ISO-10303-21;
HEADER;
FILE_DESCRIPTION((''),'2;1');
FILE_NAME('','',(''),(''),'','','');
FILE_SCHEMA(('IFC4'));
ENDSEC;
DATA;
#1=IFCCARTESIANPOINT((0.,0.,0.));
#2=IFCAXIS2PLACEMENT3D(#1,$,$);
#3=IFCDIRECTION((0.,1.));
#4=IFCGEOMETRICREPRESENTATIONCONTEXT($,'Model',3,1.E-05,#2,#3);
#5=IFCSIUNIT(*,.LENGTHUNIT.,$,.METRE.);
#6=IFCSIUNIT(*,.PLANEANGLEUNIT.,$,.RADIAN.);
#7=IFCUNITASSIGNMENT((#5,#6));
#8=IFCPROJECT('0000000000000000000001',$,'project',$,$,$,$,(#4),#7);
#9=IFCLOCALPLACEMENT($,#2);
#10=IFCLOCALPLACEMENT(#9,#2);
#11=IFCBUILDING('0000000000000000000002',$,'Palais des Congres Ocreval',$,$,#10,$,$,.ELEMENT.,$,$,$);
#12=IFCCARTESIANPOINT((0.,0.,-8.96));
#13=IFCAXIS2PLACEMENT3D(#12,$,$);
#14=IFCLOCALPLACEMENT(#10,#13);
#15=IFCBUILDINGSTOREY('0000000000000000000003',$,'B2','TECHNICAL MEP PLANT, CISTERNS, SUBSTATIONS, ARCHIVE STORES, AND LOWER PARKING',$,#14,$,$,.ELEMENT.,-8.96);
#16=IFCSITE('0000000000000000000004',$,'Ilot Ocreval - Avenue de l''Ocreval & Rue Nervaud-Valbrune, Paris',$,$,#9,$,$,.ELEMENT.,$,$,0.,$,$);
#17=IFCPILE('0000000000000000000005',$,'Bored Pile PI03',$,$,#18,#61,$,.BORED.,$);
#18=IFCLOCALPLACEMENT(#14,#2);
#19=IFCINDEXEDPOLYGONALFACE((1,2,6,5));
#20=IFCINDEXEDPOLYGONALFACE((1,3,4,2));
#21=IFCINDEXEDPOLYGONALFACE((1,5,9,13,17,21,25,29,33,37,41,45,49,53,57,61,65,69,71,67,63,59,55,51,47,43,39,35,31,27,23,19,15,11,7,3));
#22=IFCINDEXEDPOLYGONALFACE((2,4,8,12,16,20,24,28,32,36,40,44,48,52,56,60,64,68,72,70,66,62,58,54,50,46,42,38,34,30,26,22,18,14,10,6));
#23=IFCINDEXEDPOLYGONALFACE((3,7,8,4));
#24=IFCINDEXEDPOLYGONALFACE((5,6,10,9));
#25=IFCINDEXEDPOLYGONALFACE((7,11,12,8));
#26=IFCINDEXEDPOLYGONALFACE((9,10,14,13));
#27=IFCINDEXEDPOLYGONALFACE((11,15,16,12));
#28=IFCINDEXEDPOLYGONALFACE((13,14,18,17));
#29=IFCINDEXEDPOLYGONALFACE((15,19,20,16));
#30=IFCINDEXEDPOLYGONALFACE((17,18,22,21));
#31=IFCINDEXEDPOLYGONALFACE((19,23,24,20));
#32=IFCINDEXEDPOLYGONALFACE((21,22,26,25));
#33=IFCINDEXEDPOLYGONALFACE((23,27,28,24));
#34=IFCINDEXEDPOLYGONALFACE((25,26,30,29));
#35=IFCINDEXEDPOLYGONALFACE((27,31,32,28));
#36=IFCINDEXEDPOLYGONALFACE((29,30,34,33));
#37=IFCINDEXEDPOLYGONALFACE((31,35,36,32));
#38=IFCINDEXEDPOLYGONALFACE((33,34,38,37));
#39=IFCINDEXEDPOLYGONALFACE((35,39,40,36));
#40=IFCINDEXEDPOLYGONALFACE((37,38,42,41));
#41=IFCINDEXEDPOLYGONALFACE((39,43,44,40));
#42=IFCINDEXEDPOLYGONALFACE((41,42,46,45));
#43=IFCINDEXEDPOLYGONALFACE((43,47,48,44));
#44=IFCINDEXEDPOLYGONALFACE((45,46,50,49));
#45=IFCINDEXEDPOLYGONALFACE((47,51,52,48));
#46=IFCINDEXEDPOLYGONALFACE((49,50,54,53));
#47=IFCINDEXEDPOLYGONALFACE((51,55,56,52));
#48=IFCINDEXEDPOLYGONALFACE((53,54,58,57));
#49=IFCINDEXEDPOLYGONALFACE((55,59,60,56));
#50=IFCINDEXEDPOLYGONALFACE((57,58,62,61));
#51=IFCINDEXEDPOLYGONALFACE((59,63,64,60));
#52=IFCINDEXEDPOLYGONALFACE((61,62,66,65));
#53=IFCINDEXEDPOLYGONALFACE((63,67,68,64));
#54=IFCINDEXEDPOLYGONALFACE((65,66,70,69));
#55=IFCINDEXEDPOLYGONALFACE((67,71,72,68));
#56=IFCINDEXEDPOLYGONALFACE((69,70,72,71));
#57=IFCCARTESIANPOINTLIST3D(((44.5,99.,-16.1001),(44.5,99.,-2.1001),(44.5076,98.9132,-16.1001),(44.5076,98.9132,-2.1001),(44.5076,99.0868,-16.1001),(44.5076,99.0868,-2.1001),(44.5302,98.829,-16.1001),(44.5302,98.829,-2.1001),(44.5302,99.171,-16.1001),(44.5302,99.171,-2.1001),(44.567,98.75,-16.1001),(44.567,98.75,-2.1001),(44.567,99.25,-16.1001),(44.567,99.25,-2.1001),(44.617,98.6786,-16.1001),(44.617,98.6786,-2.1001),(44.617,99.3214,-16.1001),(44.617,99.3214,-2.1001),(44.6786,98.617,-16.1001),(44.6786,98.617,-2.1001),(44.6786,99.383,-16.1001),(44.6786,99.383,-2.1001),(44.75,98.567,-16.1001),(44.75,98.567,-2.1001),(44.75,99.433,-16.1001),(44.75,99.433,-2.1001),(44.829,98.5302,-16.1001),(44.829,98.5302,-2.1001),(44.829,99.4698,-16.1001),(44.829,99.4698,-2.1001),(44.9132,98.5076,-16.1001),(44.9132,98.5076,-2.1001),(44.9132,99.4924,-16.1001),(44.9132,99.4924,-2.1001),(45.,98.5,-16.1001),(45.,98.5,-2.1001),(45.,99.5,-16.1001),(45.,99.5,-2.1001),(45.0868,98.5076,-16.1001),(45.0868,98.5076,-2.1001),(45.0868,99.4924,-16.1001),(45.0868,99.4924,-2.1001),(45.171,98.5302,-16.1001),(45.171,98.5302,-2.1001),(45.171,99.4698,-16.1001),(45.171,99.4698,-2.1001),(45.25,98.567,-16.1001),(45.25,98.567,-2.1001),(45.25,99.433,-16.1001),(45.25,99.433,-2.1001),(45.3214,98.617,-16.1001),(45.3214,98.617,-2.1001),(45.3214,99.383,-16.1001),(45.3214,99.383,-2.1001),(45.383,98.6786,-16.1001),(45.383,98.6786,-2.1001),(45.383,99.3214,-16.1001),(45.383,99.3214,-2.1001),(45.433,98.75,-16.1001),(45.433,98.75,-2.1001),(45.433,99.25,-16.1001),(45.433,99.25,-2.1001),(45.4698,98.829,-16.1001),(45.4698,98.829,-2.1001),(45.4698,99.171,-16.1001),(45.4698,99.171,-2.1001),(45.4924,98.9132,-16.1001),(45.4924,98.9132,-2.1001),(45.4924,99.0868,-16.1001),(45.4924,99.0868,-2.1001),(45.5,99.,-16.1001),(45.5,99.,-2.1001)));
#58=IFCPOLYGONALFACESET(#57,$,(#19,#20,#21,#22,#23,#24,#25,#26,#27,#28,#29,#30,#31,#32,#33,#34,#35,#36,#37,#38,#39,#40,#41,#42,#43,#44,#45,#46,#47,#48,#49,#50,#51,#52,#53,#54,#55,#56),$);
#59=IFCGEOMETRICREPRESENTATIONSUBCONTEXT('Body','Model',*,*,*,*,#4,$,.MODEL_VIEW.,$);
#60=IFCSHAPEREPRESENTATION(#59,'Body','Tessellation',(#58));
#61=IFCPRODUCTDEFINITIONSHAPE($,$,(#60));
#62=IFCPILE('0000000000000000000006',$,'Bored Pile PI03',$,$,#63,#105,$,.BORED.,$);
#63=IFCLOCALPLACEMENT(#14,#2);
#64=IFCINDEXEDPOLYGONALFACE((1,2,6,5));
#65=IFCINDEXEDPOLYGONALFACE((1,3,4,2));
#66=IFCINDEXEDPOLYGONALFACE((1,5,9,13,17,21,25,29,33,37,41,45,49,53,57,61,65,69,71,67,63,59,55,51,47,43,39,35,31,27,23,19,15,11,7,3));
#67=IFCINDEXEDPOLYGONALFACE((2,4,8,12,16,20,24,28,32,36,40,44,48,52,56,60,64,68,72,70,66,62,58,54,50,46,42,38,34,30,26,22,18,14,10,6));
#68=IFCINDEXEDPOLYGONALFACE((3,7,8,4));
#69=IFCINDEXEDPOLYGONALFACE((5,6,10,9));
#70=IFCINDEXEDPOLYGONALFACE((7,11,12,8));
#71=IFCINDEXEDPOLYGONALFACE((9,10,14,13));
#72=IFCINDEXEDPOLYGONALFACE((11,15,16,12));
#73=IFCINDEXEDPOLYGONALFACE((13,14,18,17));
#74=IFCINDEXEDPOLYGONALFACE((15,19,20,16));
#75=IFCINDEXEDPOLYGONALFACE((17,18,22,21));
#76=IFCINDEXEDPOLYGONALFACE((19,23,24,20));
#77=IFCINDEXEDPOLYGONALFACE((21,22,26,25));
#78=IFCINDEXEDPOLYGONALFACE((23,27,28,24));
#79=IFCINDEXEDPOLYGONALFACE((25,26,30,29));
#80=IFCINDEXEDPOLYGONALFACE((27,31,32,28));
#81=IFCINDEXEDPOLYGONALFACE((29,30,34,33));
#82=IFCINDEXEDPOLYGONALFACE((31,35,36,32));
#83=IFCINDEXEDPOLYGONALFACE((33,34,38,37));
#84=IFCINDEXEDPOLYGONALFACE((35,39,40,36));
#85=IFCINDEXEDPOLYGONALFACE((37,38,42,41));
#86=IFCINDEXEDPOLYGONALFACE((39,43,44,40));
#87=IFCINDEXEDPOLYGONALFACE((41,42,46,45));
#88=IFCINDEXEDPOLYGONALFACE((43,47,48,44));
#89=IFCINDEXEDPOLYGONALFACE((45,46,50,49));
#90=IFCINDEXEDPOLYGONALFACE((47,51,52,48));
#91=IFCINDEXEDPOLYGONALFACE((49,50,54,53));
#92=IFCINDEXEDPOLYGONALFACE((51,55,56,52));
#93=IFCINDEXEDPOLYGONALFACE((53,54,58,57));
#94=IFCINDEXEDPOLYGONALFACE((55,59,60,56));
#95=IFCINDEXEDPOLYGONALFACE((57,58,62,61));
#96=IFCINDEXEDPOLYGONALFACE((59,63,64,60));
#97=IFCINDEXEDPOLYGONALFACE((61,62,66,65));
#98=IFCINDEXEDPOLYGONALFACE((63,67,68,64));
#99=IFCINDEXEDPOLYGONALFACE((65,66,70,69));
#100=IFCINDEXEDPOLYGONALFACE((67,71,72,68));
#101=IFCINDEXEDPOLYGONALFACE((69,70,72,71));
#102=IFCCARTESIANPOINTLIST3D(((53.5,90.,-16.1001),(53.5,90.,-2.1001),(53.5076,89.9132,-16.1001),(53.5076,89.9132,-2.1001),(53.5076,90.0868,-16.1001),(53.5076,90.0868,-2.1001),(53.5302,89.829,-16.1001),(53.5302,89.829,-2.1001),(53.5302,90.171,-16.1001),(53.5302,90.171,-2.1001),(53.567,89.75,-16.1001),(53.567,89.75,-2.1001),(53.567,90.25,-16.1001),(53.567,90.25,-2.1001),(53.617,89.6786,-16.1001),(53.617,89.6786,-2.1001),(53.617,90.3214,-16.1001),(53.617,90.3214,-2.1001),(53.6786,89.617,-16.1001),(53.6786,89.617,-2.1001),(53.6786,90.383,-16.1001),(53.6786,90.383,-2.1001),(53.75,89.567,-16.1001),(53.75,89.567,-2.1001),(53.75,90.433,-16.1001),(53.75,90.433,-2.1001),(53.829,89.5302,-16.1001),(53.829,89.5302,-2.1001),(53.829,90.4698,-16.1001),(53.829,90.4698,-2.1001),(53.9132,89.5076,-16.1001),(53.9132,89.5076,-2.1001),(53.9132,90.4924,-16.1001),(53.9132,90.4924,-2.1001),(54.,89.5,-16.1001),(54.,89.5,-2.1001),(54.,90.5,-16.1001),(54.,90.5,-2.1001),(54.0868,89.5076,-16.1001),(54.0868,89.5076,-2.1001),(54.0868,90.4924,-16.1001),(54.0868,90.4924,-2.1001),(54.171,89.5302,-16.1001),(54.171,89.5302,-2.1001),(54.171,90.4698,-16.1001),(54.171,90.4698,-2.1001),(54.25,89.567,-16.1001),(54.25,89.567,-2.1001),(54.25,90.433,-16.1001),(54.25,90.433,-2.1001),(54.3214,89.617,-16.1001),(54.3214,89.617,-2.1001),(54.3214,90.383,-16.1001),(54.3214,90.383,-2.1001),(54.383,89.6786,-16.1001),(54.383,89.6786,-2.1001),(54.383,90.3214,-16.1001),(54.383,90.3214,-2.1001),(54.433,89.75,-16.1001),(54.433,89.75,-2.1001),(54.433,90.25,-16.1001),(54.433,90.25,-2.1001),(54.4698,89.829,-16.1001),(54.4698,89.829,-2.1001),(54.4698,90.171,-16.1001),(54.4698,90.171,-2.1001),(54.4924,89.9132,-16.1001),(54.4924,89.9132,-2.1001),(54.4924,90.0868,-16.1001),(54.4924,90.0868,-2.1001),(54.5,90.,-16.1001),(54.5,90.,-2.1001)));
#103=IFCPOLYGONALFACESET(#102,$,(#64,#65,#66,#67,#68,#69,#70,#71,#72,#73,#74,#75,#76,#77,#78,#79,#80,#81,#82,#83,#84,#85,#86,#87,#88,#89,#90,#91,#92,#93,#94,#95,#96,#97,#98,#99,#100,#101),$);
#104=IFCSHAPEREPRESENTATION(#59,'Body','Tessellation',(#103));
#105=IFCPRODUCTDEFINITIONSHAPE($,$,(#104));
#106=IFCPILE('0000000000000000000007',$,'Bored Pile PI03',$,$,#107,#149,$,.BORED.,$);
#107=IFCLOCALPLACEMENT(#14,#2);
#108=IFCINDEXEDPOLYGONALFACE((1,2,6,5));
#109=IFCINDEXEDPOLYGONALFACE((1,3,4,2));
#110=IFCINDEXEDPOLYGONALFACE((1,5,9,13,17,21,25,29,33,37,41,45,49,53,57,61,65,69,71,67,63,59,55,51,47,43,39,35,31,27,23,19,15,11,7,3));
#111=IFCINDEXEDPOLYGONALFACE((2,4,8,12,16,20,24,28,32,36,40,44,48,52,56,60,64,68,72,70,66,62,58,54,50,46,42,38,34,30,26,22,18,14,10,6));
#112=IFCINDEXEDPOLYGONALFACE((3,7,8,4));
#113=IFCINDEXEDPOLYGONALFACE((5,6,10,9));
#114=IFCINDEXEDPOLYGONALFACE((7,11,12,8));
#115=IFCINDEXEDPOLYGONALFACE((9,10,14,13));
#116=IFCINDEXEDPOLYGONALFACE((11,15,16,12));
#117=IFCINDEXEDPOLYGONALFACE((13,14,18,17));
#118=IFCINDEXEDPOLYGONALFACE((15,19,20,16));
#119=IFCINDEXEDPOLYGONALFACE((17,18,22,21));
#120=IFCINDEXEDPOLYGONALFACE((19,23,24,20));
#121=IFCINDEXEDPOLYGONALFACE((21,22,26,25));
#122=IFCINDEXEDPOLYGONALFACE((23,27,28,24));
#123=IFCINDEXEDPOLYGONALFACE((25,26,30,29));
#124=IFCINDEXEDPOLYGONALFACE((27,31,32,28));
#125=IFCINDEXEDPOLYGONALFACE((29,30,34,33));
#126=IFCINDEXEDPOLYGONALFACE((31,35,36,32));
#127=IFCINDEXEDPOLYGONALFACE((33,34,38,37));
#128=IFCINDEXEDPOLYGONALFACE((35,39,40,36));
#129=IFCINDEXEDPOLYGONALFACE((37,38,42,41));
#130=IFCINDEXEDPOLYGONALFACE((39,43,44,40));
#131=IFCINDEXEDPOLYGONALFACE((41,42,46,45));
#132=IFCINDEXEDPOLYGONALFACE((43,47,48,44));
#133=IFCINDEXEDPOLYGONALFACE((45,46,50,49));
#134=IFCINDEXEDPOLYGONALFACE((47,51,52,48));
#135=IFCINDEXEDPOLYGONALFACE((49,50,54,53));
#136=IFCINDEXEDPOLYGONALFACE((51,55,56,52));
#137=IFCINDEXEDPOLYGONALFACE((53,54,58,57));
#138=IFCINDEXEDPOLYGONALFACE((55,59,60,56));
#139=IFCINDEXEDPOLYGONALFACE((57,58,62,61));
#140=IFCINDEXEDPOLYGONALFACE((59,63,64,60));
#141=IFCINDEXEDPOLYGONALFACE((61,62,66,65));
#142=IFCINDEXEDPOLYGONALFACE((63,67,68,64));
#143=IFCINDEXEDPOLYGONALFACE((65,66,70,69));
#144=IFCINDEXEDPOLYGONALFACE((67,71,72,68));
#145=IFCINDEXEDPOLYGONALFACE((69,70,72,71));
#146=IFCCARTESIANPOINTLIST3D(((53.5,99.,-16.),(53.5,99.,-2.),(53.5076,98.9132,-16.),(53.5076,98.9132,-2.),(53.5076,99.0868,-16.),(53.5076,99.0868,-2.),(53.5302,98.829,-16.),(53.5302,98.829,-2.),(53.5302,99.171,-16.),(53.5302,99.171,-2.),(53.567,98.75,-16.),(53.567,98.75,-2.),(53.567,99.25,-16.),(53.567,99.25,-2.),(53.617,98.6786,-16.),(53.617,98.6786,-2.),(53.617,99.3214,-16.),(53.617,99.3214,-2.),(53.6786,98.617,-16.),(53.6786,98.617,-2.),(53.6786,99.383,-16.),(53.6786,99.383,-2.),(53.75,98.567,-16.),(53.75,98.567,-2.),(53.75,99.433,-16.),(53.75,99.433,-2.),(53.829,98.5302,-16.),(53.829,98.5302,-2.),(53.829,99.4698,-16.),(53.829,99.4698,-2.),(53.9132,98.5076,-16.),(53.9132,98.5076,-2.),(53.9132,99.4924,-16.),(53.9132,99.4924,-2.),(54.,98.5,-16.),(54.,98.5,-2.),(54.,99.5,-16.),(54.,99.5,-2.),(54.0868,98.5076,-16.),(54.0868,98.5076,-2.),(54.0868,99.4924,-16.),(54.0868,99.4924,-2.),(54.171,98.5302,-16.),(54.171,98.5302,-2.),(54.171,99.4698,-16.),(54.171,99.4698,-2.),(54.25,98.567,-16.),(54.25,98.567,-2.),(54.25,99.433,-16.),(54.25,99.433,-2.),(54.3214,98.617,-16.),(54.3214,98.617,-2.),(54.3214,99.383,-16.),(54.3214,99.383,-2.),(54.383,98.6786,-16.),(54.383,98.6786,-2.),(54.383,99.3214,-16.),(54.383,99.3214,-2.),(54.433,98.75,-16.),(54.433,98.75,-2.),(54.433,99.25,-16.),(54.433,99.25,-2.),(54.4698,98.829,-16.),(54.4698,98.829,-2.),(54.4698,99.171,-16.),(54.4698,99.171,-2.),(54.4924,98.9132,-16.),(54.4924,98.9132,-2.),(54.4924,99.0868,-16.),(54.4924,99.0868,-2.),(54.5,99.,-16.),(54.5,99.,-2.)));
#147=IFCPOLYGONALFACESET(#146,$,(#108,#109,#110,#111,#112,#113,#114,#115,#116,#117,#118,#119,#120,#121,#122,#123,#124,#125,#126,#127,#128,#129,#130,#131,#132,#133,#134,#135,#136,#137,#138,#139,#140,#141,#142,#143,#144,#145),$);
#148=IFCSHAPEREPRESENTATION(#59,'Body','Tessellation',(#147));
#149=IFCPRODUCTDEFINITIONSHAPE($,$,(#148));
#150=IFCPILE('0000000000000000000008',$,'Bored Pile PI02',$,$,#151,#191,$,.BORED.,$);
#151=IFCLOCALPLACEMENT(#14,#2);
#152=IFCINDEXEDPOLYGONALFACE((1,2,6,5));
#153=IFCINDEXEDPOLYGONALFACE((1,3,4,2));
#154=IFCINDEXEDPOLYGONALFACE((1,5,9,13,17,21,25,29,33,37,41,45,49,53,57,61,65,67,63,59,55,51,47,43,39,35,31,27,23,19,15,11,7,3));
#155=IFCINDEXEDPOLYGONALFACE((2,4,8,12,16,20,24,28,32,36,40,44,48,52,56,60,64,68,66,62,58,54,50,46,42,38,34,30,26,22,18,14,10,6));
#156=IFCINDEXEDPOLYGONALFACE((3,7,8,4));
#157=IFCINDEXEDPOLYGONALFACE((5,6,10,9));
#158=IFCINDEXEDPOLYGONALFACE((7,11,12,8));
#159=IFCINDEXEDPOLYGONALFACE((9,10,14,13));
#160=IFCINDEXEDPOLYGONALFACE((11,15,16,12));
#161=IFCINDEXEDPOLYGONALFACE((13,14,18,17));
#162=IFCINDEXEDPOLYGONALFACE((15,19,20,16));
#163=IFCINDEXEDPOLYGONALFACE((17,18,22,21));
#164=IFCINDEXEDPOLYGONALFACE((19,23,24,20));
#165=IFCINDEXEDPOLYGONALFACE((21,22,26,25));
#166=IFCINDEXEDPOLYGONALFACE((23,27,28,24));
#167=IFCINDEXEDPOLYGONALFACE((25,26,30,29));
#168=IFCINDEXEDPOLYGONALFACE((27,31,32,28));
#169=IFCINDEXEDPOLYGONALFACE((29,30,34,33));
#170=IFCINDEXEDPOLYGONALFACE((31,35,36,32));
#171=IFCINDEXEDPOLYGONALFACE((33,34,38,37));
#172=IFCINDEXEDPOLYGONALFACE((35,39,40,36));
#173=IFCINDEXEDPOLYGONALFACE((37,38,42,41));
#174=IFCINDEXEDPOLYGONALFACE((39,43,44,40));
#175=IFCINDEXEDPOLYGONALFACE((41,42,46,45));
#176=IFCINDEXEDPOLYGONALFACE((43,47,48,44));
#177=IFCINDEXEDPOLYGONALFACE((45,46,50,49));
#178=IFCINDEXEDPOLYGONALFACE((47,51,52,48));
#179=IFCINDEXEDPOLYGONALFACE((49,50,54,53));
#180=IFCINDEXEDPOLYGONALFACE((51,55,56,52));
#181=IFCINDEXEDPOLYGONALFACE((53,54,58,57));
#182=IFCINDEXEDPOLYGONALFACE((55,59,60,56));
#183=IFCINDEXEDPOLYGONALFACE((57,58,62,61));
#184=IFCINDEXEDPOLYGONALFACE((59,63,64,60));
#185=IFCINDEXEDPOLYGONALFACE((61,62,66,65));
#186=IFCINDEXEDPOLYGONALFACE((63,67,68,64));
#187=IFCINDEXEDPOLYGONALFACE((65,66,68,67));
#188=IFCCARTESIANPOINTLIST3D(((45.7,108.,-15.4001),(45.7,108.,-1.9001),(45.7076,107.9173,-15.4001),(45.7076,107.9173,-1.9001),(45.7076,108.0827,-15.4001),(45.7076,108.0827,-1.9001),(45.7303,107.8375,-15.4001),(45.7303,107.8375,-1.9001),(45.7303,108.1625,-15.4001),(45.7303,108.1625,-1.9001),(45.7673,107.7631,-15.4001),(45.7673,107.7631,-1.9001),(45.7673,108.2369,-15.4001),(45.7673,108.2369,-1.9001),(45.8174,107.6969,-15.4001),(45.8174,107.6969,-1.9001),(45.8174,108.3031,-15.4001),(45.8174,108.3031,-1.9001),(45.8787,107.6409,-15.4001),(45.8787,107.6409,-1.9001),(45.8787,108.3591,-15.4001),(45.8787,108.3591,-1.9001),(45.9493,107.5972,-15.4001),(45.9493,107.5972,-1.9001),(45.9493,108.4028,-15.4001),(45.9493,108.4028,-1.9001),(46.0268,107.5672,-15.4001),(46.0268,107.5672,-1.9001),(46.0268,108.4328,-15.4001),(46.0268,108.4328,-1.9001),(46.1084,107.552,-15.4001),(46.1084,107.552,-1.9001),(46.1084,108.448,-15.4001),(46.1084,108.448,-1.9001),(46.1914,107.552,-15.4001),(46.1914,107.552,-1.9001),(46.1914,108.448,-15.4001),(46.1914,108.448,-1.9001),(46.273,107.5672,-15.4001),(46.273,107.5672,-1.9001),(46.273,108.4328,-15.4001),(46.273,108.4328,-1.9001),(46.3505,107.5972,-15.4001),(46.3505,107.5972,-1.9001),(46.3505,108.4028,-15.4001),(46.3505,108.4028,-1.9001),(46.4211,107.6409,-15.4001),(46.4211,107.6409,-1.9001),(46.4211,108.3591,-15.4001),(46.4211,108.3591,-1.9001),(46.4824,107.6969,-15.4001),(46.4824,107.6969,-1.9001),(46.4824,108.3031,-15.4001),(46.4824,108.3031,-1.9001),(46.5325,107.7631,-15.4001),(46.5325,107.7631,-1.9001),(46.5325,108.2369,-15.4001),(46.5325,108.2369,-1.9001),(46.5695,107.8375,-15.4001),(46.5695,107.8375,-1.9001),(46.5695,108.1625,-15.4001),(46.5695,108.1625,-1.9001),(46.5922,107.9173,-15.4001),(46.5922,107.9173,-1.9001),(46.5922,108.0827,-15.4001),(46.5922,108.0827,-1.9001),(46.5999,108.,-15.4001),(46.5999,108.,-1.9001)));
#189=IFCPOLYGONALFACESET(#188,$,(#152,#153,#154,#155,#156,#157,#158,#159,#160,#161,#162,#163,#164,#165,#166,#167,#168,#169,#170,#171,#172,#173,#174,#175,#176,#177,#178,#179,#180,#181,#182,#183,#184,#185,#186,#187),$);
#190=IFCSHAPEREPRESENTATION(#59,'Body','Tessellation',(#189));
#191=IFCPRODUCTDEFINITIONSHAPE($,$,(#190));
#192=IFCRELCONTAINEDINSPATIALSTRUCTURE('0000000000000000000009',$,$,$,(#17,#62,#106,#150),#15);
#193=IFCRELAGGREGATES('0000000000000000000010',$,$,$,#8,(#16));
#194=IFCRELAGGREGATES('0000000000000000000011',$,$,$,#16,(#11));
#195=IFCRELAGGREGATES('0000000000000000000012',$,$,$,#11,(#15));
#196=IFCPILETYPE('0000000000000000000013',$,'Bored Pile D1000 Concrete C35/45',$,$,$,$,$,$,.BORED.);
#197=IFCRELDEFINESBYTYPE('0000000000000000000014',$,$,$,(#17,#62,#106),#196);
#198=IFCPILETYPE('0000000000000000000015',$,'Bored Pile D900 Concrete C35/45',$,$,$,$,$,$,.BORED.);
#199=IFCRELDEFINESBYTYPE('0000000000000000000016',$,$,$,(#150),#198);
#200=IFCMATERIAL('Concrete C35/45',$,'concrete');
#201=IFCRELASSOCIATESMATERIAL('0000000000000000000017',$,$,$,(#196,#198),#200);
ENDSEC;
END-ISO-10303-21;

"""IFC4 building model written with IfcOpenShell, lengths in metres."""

from ifc_helpers import new_model, si_unit, direction, frame, origin, origin_2d, place, context, subcontext, project, spatial, circle, extrude, material, material_profile, profile_set, type_object, element, save


model = new_model("IFC4")

# Units and contexts
model_context = context("Model", 3, precision=1e-05, world=origin(), true_north=direction((0.0, 1.0)))
body_context = subcontext(model_context, "Body", "Model", "MODEL_VIEW")
ifc_project = project(units=[si_unit("LENGTHUNIT", "METRE"), si_unit("PLANEANGLEUNIT", "RADIAN")], contexts=[model_context])

# Site, building, storey
site_placement = place(None, origin())
site = spatial("IfcSite", under=ifc_project, at=site_placement, Name="Ilot Ocreval - Avenue de l'Ocreval & Rue Nervaud-Valbrune, Paris", CompositionType="ELEMENT", RefElevation=0.0)
building_placement = place(site_placement, origin())
building = spatial("IfcBuilding", under=site, at=building_placement, Name="Palais des Congres Ocreval", CompositionType="ELEMENT")
storey_placement = place(building_placement, frame((0.0, 0.0, -8.96)))
storey = spatial("IfcBuildingStorey", under=building, at=storey_placement, Name="B2", Description="TECHNICAL MEP PLANT, CISTERNS, SUBSTATIONS, ARCHIVE STORES, AND LOWER PARKING", CompositionType="ELEMENT", Elevation=-8.96)

# Piles
ifc_material_1 = material(Name="Concrete C35/45", Category="concrete")
ifc_material_profile_1 = material_profile(ifc_material_1, circle(Radius=0.5, at=origin_2d()), Name="BORED PILE 1000")
ifc_profile_set_1 = profile_set([ifc_material_profile_1], Name="Concrete C35/45")
pile_type_1 = type_object("IfcPileType", Name="Bored Pile D1000 Concrete C35/45", PredefinedType="BORED", material=ifc_profile_set_1)
for number, where, z_axis, x_axis, name in (
    (1, (45.0, 99.0, -2.1001), (0.0, 0.0, -1.0), (1.0, 0.0, 0.0), "Bored Pile PI03"),
    (2, (54.0, 90.0, -2.1001), (0.0, 0.0, -1.0), (1.0, 0.0, 0.0), "Bored Pile PI03"),
    (3, (54.0, 99.0, -2.0), (0.0, 0.0, -1.0), (1.0, 0.0, 0.0), "Bored Pile PI03"),
):
    element("IfcPile", number, at=place(storey_placement, frame(where, z_axis=z_axis, x_axis=x_axis)), inside=storey, type_object=pile_type_1, Name=name, PredefinedType="BORED", context=body_context, shape_type="SweptSolid", body=[
        extrude(circle(Radius=0.5, at=origin_2d()), origin(), (0.0, 0.0, 1.0), 14.0),
    ])
ifc_material_profile_2 = material_profile(ifc_material_1, circle(Radius=0.45, at=origin_2d()), Name="BORED PILE 900")
ifc_profile_set_2 = profile_set([ifc_material_profile_2], Name="Concrete C35/45")
pile_type_2 = type_object("IfcPileType", Name="Bored Pile D900 Concrete C35/45", PredefinedType="BORED", material=ifc_profile_set_2)
for number, where, z_axis, x_axis, name in (
    (4, (46.1499, 108.0, -1.9001), (0.0, 0.0, -1.0), (1.0, 0.0, 0.0), "Bored Pile PI02"),
):
    element("IfcPile", number, at=place(storey_placement, frame(where, z_axis=z_axis, x_axis=x_axis)), inside=storey, type_object=pile_type_2, Name=name, PredefinedType="BORED", context=body_context, shape_type="SweptSolid", body=[
        extrude(circle(Radius=0.45, at=origin_2d()), origin(), (0.0, 0.0, 1.0), 13.5),
    ])

save(model, "model.ifc")
